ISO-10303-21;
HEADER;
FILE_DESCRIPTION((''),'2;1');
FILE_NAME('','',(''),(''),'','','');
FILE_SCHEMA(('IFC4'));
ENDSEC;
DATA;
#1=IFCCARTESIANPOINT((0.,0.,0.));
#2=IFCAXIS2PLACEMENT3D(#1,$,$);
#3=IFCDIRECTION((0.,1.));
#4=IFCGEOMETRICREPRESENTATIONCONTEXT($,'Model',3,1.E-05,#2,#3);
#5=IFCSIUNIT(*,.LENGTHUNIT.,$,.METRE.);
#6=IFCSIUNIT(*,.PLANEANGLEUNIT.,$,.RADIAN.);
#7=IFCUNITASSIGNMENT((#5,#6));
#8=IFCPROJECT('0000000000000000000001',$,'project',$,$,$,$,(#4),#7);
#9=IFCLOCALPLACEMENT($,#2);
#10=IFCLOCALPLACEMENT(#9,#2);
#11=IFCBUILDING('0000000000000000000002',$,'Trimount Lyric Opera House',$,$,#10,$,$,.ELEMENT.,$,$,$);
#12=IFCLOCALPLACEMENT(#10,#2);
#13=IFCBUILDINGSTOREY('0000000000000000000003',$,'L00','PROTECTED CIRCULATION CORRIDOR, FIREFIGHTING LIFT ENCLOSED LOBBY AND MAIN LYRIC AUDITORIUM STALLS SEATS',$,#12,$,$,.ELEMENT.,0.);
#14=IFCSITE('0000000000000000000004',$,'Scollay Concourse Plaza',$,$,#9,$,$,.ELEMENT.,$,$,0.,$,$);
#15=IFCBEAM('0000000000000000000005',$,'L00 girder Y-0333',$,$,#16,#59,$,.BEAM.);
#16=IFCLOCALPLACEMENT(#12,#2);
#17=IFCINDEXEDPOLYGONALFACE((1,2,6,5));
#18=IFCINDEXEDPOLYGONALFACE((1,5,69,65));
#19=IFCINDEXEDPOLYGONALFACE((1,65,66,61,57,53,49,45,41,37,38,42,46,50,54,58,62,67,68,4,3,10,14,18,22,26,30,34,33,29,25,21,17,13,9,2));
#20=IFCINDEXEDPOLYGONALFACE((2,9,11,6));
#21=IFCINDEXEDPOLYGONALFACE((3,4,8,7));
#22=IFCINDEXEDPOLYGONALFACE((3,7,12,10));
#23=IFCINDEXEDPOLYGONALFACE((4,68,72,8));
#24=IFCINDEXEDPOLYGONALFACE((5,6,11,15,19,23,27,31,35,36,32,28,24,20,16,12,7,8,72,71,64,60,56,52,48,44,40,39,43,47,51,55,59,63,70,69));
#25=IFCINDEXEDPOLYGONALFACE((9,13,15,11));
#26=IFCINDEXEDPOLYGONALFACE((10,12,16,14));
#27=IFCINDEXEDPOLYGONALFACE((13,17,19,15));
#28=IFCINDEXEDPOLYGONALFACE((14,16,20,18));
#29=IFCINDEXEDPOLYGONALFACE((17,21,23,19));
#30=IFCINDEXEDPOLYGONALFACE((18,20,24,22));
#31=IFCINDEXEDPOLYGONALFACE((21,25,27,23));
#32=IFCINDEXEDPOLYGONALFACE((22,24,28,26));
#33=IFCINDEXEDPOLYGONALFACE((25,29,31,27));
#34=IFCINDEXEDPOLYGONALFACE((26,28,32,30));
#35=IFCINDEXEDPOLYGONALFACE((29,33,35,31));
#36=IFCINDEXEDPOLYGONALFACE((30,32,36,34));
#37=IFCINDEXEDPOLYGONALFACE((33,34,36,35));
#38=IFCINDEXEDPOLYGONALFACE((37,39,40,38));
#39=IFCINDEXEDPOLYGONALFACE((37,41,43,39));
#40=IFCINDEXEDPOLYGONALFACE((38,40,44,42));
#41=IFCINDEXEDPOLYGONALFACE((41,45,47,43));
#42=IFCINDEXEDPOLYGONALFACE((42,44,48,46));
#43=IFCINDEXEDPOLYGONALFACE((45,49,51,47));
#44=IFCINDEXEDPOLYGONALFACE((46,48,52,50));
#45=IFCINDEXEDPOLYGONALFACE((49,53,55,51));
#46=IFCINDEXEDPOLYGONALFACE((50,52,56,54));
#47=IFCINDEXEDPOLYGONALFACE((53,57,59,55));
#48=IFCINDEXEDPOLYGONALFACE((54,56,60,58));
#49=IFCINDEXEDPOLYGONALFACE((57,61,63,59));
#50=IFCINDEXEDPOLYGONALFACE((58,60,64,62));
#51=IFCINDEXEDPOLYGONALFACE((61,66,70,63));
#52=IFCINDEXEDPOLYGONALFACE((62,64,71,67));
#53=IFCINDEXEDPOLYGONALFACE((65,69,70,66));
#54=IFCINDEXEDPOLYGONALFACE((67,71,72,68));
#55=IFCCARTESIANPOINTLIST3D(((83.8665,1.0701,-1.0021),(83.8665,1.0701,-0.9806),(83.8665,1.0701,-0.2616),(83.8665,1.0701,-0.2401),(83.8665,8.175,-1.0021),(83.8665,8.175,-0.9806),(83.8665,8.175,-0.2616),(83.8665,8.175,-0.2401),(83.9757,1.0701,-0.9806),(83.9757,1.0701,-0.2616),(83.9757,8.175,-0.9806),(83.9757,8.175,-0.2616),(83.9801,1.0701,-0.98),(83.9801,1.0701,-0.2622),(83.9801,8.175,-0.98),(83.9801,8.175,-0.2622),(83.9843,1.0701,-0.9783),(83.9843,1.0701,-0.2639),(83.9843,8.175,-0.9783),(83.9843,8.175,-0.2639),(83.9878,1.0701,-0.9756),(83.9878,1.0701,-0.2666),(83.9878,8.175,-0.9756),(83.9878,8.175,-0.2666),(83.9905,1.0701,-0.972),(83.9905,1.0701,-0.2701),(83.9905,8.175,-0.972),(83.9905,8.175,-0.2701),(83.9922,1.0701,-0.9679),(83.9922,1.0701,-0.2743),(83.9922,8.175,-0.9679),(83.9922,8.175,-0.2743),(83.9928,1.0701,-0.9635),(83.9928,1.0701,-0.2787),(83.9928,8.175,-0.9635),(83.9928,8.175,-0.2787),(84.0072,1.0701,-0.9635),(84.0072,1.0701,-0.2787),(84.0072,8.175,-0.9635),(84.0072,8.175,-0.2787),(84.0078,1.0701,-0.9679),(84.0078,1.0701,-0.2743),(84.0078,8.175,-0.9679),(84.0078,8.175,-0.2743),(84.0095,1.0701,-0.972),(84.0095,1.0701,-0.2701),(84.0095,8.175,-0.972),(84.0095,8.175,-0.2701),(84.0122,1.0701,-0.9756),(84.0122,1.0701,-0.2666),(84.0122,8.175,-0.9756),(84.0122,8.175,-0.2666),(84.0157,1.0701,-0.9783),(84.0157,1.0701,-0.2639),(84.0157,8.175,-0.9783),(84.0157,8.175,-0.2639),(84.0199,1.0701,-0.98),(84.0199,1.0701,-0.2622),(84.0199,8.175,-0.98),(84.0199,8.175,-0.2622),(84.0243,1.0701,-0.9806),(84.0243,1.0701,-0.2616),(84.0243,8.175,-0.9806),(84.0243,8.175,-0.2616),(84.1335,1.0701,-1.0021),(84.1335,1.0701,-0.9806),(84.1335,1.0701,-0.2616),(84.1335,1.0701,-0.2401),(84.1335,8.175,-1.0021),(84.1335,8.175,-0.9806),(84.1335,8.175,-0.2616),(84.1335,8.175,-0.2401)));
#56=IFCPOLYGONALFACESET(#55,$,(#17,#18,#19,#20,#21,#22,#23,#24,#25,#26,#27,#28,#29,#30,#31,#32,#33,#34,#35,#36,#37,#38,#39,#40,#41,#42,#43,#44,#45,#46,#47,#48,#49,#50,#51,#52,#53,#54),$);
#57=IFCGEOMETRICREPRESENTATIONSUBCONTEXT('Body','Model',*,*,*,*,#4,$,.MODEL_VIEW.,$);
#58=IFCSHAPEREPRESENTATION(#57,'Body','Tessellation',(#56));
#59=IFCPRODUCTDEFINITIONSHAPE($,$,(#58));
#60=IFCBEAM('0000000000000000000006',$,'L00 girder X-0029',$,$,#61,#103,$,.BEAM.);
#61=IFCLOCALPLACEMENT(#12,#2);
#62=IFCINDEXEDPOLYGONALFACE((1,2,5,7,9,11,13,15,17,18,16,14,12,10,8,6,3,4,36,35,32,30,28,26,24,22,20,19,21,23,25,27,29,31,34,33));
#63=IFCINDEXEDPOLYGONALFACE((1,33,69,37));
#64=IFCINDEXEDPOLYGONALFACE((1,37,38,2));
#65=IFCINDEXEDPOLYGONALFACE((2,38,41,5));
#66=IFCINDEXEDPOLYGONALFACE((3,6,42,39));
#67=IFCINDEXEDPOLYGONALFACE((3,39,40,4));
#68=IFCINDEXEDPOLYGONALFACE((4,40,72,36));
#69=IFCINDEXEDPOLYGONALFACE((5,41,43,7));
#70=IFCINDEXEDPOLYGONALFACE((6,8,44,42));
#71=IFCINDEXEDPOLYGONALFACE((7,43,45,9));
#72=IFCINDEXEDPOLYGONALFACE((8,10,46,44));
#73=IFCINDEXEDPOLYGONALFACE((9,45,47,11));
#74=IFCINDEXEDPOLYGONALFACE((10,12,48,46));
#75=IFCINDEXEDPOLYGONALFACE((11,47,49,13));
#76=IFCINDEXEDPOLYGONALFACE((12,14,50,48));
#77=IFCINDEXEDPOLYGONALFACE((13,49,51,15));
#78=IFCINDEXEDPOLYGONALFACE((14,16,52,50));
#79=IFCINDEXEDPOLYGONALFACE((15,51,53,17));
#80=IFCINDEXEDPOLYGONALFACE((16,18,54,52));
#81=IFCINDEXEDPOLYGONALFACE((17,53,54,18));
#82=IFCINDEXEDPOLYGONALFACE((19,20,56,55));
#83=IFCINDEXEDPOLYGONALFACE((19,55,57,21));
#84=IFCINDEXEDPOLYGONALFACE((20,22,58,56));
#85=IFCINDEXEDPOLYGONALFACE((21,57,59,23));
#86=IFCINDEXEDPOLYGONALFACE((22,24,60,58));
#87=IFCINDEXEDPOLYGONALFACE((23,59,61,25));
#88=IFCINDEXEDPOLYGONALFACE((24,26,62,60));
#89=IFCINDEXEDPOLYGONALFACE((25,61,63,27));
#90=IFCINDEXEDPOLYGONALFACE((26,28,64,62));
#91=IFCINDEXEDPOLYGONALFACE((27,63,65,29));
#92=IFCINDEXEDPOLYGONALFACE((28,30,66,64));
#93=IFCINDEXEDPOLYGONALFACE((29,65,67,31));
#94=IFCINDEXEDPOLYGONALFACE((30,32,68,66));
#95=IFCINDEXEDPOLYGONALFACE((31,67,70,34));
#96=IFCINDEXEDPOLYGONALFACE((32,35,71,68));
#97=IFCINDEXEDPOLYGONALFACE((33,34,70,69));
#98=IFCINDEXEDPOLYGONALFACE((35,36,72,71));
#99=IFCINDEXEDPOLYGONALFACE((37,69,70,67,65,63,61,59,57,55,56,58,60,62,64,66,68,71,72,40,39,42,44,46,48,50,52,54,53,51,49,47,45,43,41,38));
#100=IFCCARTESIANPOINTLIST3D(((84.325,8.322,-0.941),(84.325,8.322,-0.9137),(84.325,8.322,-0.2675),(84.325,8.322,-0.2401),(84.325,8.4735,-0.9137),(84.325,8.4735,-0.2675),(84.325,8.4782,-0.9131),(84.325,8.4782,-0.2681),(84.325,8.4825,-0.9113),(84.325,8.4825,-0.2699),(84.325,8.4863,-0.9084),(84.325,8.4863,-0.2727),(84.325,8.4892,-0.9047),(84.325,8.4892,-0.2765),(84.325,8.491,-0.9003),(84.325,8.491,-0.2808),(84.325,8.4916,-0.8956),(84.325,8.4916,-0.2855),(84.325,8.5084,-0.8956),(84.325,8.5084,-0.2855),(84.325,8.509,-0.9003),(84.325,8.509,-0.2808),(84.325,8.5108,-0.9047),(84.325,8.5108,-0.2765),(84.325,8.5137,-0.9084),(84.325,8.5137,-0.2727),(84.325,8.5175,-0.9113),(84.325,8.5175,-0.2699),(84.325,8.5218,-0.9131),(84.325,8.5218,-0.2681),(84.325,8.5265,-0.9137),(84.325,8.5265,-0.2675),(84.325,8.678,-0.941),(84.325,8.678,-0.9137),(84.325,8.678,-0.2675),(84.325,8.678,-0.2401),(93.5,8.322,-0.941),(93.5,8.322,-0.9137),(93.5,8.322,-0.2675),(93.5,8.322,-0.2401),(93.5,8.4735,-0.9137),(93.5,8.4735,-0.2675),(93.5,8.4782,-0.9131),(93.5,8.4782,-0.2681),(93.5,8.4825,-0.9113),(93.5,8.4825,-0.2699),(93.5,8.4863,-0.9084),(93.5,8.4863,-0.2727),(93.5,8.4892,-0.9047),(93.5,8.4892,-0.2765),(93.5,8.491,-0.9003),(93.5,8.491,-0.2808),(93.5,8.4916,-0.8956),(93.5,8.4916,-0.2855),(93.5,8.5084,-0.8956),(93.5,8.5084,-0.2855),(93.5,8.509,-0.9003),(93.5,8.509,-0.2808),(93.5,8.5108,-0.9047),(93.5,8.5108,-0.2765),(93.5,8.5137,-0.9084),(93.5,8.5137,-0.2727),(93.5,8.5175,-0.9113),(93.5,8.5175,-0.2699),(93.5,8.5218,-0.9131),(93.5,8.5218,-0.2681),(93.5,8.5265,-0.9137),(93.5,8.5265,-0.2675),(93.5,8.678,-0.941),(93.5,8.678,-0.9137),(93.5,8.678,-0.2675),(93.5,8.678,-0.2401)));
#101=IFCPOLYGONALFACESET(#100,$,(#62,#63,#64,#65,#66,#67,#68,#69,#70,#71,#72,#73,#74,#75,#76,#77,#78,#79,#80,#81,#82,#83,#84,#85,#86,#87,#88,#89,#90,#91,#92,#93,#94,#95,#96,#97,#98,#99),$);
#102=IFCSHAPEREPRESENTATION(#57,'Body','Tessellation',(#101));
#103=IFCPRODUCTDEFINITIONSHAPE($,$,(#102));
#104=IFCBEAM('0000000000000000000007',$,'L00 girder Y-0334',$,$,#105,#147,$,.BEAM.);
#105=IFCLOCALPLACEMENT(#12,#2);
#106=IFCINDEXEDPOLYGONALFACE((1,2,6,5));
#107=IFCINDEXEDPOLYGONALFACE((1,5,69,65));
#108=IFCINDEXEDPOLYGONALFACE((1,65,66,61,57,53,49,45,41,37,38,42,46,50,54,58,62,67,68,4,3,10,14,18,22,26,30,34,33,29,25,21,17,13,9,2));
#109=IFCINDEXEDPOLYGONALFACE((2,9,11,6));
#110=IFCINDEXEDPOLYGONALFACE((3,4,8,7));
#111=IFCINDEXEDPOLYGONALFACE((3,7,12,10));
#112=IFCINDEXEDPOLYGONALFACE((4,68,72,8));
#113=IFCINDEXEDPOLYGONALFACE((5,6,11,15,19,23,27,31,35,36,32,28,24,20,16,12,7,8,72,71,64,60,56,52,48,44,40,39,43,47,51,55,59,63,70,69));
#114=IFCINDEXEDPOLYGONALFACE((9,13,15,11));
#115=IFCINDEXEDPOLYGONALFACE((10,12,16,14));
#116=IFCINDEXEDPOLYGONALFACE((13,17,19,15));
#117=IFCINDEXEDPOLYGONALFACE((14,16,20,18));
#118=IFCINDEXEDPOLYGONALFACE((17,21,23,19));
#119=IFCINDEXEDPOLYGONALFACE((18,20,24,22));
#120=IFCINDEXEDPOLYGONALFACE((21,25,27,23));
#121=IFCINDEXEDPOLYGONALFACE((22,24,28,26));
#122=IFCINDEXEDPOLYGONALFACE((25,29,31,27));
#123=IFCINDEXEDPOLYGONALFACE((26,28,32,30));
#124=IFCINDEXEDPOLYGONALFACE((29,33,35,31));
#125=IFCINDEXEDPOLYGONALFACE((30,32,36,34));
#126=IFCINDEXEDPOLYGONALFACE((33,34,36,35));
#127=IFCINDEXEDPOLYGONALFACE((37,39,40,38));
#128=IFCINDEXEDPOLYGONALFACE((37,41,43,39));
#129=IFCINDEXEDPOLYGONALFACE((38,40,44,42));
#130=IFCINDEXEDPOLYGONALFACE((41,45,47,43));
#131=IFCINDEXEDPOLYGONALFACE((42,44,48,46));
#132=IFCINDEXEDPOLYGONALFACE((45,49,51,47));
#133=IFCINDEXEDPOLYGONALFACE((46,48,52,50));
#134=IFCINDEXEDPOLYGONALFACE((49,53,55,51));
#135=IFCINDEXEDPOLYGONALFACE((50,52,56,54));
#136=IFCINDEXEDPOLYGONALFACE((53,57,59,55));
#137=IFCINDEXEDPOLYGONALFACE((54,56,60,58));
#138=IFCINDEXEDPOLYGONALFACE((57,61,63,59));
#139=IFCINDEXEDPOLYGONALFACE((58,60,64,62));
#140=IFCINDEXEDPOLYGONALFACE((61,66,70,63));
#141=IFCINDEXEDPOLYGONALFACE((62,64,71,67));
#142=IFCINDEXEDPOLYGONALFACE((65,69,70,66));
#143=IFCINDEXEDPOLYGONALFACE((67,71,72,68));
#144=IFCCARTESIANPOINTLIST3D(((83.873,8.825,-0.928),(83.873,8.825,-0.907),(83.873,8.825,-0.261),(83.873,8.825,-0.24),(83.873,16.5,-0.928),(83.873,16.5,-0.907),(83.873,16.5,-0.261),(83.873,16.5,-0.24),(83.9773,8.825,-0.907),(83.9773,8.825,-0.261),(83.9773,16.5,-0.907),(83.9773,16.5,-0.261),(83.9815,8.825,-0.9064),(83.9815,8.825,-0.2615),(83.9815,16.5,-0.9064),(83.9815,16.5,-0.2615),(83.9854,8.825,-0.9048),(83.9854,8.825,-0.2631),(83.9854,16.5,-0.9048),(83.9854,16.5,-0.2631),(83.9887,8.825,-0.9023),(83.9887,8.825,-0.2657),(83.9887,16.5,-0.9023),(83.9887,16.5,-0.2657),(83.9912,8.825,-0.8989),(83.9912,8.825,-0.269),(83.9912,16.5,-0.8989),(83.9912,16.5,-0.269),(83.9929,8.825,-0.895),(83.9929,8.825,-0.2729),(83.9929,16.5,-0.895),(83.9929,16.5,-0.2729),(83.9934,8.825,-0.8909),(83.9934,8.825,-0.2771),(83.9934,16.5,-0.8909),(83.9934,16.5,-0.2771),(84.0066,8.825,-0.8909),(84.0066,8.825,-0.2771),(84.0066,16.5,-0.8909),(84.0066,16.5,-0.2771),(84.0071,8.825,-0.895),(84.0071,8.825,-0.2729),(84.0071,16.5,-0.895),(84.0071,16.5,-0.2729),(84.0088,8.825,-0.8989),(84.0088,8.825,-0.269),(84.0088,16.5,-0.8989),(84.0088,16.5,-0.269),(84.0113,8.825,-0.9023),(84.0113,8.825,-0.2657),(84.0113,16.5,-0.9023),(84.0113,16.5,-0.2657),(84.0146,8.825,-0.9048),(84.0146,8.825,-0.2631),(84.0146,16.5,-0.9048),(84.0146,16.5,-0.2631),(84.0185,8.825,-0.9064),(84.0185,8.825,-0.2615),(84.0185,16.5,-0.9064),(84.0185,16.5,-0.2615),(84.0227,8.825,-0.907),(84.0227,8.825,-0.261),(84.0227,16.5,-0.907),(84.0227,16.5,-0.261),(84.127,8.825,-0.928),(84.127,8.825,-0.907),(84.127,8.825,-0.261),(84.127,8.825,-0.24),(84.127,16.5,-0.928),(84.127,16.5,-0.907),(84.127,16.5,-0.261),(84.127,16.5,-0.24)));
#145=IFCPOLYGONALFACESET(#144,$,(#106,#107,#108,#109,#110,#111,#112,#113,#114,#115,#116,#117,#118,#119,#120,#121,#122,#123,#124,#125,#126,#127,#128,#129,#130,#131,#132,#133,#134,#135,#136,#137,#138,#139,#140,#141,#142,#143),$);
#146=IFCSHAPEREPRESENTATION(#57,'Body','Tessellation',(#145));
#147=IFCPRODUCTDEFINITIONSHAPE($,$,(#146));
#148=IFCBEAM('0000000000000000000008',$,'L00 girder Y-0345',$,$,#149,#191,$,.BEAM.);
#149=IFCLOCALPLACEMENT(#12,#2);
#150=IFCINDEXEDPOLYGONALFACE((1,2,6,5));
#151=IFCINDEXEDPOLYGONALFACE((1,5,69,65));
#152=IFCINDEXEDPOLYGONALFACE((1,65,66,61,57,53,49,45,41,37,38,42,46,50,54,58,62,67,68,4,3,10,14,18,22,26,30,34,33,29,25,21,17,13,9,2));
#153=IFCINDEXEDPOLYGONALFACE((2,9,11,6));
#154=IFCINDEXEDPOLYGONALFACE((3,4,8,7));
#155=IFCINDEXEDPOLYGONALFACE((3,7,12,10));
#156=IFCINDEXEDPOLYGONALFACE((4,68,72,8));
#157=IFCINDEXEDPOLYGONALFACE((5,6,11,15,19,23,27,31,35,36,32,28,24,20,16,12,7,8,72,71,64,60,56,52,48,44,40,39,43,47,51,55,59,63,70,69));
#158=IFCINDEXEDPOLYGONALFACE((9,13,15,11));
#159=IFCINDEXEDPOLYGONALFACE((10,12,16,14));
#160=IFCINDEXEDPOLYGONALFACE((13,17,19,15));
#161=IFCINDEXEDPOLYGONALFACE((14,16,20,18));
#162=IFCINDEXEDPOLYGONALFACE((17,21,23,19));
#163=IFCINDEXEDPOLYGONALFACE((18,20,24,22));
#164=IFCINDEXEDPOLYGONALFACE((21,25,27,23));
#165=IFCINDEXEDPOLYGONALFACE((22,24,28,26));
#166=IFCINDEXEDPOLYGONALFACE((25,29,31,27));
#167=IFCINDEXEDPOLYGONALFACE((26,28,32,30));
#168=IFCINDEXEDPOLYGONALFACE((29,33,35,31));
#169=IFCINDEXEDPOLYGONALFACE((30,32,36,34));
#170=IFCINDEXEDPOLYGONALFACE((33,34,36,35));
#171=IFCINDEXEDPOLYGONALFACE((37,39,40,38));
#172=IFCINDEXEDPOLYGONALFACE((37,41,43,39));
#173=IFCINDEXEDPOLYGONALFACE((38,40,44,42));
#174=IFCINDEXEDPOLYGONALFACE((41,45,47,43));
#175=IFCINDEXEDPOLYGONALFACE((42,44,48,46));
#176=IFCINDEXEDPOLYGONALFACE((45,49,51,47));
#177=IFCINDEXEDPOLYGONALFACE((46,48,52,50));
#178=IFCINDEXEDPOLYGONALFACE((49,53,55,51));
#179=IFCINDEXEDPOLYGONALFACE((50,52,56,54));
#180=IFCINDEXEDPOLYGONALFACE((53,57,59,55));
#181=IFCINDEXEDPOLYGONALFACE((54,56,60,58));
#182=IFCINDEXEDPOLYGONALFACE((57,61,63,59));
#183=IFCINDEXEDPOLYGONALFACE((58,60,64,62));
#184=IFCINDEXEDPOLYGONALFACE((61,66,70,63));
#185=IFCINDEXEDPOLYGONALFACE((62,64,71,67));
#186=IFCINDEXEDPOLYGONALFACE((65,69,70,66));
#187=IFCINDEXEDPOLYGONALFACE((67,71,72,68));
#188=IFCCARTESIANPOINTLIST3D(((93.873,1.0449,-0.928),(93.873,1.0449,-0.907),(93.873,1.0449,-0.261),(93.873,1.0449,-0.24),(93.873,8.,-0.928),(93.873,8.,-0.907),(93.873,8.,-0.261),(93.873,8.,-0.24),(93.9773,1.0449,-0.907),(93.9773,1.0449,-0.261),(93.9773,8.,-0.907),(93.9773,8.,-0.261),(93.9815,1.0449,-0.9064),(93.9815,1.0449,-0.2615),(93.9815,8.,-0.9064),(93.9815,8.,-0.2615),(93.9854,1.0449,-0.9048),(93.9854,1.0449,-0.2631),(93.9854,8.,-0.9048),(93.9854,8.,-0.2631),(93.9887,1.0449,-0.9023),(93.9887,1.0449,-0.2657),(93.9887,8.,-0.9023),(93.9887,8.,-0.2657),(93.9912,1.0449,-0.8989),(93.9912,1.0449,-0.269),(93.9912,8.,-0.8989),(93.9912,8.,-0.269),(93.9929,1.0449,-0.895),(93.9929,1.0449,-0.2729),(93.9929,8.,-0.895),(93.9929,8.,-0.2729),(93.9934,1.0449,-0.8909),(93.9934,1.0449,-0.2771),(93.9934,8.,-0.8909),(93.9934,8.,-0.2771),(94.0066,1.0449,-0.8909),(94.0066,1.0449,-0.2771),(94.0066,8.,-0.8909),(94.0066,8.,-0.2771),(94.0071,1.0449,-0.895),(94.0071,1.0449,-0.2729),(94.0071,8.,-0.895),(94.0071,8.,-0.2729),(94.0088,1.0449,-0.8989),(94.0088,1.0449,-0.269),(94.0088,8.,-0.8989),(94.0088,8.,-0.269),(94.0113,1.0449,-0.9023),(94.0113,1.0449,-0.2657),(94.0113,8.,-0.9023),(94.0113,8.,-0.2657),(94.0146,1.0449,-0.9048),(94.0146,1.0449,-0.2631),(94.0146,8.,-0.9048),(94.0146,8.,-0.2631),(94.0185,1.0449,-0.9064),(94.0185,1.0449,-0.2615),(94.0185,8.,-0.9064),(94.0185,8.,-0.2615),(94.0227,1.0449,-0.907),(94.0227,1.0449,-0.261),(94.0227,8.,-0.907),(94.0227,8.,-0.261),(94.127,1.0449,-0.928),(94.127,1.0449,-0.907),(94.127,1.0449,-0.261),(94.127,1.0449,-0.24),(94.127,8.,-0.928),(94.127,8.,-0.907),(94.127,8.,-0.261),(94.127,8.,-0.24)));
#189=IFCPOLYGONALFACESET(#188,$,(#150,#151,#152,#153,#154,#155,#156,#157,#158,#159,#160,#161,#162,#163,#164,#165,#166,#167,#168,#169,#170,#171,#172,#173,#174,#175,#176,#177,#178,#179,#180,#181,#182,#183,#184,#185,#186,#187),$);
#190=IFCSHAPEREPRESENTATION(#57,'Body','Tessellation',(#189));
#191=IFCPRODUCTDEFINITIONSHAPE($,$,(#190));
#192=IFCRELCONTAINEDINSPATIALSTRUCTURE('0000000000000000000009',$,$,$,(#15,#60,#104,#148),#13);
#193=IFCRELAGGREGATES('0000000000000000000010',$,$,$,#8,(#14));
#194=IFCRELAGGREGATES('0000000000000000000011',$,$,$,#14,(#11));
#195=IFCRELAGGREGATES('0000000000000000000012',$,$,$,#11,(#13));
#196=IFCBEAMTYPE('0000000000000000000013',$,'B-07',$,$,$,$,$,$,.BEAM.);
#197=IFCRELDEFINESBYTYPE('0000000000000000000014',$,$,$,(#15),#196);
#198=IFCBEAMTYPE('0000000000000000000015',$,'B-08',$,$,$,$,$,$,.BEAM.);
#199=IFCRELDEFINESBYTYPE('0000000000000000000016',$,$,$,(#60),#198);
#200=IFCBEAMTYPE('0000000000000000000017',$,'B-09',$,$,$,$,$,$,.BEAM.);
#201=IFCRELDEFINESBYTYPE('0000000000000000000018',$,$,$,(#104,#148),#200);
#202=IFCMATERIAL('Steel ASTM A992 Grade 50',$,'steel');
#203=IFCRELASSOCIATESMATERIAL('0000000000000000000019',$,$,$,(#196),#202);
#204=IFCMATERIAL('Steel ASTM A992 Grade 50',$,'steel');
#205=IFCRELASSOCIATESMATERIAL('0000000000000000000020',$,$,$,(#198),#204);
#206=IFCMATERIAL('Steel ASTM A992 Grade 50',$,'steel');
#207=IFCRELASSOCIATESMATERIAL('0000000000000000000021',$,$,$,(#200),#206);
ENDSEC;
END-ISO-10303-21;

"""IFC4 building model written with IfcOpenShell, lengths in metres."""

from ifc_helpers import new_model, si_unit, direction, frame, origin, origin_2d, place, context, subcontext, project, spatial, i_section, extrude, material, material_profile, profile_set, type_object, element, save


model = new_model("IFC4")

# Units and contexts
model_context = context("Model", 3, precision=1e-05, world=origin(), true_north=direction((0.0, 1.0)))
body_context = subcontext(model_context, "Body", "Model", "MODEL_VIEW")
ifc_project = project(units=[si_unit("LENGTHUNIT", "METRE"), si_unit("PLANEANGLEUNIT", "RADIAN")], contexts=[model_context])

# Site, building, storey
site_placement = place(None, origin())
site = spatial("IfcSite", under=ifc_project, at=site_placement, Name="Scollay Concourse Plaza", CompositionType="ELEMENT", RefElevation=0.0)
building_placement = place(site_placement, origin())
building = spatial("IfcBuilding", under=site, at=building_placement, Name="Trimount Lyric Opera House", CompositionType="ELEMENT")
storey_placement = place(building_placement, origin())
storey = spatial("IfcBuildingStorey", under=building, at=storey_placement, Name="L00", Description="PROTECTED CIRCULATION CORRIDOR, FIREFIGHTING LIFT ENCLOSED LOBBY AND MAIN LYRIC AUDITORIUM STALLS SEATS", CompositionType="ELEMENT", Elevation=0.0)

# Beams
ifc_material_1 = material(Name="Steel ASTM A992 Grade 50", Category="steel")
ifc_material_profile_1 = material_profile(ifc_material_1, i_section(OverallWidth=0.2671, OverallDepth=0.762, WebThickness=0.0144, FlangeThickness=0.0215, FilletRadius=0.0171, at=origin_2d()), Name="W30X116")
ifc_profile_set_1 = profile_set([ifc_material_profile_1], Name="Steel ASTM A992 Grade 50")
beam_type_1 = type_object("IfcBeamType", Name="B-07", PredefinedType="BEAM", material=ifc_profile_set_1)
beam_1_placement = place(storey_placement, frame((84.0, 1.0701, -0.6211), z_axis=(0.0, 1.0, 0.0), x_axis=(-1.0, 0.0, 0.0)))
element("IfcBeam", 1, at=beam_1_placement, inside=storey, type_object=beam_type_1, Name="L00 girder Y-0333", PredefinedType="BEAM", context=body_context, shape_type="SweptSolid", body=[
    extrude(i_section(OverallWidth=0.2671, OverallDepth=0.762, WebThickness=0.0144, FlangeThickness=0.0215, FilletRadius=0.0171, at=origin_2d()), origin(), (0.0, 0.0, 1.0), 7.105),
])
ifc_material_2 = material(Name="Steel ASTM A992 Grade 50", Category="steel")
ifc_material_profile_2 = material_profile(ifc_material_2, i_section(OverallWidth=0.356, OverallDepth=0.7009, WebThickness=0.0168, FlangeThickness=0.0273, FilletRadius=0.0181, at=origin_2d()), Name="W27X161")
ifc_profile_set_2 = profile_set([ifc_material_profile_2], Name="Steel ASTM A992 Grade 50")
beam_type_2 = type_object("IfcBeamType", Name="B-08", PredefinedType="BEAM", material=ifc_profile_set_2)
beam_2_placement = place(storey_placement, frame((84.325, 8.5, -0.5906), z_axis=(1.0, 0.0, 0.0), x_axis=(0.0, 1.0, 0.0)))
element("IfcBeam", 2, at=beam_2_placement, inside=storey, type_object=beam_type_2, Name="L00 girder X-0029", PredefinedType="BEAM", context=body_context, shape_type="SweptSolid", body=[
    extrude(i_section(OverallWidth=0.356, OverallDepth=0.7009, WebThickness=0.0168, FlangeThickness=0.0273, FilletRadius=0.0181, at=origin_2d()), origin(), (0.0, 0.0, 1.0), 9.175),
])
ifc_material_3 = material(Name="Steel ASTM A992 Grade 50", Category="steel")
ifc_material_profile_3 = material_profile(ifc_material_3, i_section(OverallWidth=0.2539, OverallDepth=0.688, WebThickness=0.0132, FlangeThickness=0.021, FilletRadius=0.0161, at=origin_2d()), Name="W27X102")
ifc_profile_set_3 = profile_set([ifc_material_profile_3], Name="Steel ASTM A992 Grade 50")
beam_type_3 = type_object("IfcBeamType", Name="B-09", PredefinedType="BEAM", material=ifc_profile_set_3)
beam_3_placement = place(storey_placement, frame((84.0, 8.825, -0.584), z_axis=(0.0, 1.0, 0.0), x_axis=(-1.0, 0.0, 0.0)))
element("IfcBeam", 3, at=beam_3_placement, inside=storey, type_object=beam_type_3, Name="L00 girder Y-0334", PredefinedType="BEAM", context=body_context, shape_type="SweptSolid", body=[
    extrude(i_section(OverallWidth=0.2539, OverallDepth=0.688, WebThickness=0.0132, FlangeThickness=0.021, FilletRadius=0.0161, at=origin_2d()), origin(), (0.0, 0.0, 1.0), 7.675),
])
beam_4_placement = place(storey_placement, frame((94.0, 1.0449, -0.584), z_axis=(0.0, 1.0, 0.0), x_axis=(-1.0, 0.0, 0.0)))
element("IfcBeam", 4, at=beam_4_placement, inside=storey, type_object=beam_type_3, Name="L00 girder Y-0345", PredefinedType="BEAM", context=body_context, shape_type="SweptSolid", body=[
    extrude(i_section(OverallWidth=0.2539, OverallDepth=0.688, WebThickness=0.0132, FlangeThickness=0.021, FilletRadius=0.0161, at=origin_2d()), origin(), (0.0, 0.0, 1.0), 6.9551),
])

save(model, "model.ifc")
